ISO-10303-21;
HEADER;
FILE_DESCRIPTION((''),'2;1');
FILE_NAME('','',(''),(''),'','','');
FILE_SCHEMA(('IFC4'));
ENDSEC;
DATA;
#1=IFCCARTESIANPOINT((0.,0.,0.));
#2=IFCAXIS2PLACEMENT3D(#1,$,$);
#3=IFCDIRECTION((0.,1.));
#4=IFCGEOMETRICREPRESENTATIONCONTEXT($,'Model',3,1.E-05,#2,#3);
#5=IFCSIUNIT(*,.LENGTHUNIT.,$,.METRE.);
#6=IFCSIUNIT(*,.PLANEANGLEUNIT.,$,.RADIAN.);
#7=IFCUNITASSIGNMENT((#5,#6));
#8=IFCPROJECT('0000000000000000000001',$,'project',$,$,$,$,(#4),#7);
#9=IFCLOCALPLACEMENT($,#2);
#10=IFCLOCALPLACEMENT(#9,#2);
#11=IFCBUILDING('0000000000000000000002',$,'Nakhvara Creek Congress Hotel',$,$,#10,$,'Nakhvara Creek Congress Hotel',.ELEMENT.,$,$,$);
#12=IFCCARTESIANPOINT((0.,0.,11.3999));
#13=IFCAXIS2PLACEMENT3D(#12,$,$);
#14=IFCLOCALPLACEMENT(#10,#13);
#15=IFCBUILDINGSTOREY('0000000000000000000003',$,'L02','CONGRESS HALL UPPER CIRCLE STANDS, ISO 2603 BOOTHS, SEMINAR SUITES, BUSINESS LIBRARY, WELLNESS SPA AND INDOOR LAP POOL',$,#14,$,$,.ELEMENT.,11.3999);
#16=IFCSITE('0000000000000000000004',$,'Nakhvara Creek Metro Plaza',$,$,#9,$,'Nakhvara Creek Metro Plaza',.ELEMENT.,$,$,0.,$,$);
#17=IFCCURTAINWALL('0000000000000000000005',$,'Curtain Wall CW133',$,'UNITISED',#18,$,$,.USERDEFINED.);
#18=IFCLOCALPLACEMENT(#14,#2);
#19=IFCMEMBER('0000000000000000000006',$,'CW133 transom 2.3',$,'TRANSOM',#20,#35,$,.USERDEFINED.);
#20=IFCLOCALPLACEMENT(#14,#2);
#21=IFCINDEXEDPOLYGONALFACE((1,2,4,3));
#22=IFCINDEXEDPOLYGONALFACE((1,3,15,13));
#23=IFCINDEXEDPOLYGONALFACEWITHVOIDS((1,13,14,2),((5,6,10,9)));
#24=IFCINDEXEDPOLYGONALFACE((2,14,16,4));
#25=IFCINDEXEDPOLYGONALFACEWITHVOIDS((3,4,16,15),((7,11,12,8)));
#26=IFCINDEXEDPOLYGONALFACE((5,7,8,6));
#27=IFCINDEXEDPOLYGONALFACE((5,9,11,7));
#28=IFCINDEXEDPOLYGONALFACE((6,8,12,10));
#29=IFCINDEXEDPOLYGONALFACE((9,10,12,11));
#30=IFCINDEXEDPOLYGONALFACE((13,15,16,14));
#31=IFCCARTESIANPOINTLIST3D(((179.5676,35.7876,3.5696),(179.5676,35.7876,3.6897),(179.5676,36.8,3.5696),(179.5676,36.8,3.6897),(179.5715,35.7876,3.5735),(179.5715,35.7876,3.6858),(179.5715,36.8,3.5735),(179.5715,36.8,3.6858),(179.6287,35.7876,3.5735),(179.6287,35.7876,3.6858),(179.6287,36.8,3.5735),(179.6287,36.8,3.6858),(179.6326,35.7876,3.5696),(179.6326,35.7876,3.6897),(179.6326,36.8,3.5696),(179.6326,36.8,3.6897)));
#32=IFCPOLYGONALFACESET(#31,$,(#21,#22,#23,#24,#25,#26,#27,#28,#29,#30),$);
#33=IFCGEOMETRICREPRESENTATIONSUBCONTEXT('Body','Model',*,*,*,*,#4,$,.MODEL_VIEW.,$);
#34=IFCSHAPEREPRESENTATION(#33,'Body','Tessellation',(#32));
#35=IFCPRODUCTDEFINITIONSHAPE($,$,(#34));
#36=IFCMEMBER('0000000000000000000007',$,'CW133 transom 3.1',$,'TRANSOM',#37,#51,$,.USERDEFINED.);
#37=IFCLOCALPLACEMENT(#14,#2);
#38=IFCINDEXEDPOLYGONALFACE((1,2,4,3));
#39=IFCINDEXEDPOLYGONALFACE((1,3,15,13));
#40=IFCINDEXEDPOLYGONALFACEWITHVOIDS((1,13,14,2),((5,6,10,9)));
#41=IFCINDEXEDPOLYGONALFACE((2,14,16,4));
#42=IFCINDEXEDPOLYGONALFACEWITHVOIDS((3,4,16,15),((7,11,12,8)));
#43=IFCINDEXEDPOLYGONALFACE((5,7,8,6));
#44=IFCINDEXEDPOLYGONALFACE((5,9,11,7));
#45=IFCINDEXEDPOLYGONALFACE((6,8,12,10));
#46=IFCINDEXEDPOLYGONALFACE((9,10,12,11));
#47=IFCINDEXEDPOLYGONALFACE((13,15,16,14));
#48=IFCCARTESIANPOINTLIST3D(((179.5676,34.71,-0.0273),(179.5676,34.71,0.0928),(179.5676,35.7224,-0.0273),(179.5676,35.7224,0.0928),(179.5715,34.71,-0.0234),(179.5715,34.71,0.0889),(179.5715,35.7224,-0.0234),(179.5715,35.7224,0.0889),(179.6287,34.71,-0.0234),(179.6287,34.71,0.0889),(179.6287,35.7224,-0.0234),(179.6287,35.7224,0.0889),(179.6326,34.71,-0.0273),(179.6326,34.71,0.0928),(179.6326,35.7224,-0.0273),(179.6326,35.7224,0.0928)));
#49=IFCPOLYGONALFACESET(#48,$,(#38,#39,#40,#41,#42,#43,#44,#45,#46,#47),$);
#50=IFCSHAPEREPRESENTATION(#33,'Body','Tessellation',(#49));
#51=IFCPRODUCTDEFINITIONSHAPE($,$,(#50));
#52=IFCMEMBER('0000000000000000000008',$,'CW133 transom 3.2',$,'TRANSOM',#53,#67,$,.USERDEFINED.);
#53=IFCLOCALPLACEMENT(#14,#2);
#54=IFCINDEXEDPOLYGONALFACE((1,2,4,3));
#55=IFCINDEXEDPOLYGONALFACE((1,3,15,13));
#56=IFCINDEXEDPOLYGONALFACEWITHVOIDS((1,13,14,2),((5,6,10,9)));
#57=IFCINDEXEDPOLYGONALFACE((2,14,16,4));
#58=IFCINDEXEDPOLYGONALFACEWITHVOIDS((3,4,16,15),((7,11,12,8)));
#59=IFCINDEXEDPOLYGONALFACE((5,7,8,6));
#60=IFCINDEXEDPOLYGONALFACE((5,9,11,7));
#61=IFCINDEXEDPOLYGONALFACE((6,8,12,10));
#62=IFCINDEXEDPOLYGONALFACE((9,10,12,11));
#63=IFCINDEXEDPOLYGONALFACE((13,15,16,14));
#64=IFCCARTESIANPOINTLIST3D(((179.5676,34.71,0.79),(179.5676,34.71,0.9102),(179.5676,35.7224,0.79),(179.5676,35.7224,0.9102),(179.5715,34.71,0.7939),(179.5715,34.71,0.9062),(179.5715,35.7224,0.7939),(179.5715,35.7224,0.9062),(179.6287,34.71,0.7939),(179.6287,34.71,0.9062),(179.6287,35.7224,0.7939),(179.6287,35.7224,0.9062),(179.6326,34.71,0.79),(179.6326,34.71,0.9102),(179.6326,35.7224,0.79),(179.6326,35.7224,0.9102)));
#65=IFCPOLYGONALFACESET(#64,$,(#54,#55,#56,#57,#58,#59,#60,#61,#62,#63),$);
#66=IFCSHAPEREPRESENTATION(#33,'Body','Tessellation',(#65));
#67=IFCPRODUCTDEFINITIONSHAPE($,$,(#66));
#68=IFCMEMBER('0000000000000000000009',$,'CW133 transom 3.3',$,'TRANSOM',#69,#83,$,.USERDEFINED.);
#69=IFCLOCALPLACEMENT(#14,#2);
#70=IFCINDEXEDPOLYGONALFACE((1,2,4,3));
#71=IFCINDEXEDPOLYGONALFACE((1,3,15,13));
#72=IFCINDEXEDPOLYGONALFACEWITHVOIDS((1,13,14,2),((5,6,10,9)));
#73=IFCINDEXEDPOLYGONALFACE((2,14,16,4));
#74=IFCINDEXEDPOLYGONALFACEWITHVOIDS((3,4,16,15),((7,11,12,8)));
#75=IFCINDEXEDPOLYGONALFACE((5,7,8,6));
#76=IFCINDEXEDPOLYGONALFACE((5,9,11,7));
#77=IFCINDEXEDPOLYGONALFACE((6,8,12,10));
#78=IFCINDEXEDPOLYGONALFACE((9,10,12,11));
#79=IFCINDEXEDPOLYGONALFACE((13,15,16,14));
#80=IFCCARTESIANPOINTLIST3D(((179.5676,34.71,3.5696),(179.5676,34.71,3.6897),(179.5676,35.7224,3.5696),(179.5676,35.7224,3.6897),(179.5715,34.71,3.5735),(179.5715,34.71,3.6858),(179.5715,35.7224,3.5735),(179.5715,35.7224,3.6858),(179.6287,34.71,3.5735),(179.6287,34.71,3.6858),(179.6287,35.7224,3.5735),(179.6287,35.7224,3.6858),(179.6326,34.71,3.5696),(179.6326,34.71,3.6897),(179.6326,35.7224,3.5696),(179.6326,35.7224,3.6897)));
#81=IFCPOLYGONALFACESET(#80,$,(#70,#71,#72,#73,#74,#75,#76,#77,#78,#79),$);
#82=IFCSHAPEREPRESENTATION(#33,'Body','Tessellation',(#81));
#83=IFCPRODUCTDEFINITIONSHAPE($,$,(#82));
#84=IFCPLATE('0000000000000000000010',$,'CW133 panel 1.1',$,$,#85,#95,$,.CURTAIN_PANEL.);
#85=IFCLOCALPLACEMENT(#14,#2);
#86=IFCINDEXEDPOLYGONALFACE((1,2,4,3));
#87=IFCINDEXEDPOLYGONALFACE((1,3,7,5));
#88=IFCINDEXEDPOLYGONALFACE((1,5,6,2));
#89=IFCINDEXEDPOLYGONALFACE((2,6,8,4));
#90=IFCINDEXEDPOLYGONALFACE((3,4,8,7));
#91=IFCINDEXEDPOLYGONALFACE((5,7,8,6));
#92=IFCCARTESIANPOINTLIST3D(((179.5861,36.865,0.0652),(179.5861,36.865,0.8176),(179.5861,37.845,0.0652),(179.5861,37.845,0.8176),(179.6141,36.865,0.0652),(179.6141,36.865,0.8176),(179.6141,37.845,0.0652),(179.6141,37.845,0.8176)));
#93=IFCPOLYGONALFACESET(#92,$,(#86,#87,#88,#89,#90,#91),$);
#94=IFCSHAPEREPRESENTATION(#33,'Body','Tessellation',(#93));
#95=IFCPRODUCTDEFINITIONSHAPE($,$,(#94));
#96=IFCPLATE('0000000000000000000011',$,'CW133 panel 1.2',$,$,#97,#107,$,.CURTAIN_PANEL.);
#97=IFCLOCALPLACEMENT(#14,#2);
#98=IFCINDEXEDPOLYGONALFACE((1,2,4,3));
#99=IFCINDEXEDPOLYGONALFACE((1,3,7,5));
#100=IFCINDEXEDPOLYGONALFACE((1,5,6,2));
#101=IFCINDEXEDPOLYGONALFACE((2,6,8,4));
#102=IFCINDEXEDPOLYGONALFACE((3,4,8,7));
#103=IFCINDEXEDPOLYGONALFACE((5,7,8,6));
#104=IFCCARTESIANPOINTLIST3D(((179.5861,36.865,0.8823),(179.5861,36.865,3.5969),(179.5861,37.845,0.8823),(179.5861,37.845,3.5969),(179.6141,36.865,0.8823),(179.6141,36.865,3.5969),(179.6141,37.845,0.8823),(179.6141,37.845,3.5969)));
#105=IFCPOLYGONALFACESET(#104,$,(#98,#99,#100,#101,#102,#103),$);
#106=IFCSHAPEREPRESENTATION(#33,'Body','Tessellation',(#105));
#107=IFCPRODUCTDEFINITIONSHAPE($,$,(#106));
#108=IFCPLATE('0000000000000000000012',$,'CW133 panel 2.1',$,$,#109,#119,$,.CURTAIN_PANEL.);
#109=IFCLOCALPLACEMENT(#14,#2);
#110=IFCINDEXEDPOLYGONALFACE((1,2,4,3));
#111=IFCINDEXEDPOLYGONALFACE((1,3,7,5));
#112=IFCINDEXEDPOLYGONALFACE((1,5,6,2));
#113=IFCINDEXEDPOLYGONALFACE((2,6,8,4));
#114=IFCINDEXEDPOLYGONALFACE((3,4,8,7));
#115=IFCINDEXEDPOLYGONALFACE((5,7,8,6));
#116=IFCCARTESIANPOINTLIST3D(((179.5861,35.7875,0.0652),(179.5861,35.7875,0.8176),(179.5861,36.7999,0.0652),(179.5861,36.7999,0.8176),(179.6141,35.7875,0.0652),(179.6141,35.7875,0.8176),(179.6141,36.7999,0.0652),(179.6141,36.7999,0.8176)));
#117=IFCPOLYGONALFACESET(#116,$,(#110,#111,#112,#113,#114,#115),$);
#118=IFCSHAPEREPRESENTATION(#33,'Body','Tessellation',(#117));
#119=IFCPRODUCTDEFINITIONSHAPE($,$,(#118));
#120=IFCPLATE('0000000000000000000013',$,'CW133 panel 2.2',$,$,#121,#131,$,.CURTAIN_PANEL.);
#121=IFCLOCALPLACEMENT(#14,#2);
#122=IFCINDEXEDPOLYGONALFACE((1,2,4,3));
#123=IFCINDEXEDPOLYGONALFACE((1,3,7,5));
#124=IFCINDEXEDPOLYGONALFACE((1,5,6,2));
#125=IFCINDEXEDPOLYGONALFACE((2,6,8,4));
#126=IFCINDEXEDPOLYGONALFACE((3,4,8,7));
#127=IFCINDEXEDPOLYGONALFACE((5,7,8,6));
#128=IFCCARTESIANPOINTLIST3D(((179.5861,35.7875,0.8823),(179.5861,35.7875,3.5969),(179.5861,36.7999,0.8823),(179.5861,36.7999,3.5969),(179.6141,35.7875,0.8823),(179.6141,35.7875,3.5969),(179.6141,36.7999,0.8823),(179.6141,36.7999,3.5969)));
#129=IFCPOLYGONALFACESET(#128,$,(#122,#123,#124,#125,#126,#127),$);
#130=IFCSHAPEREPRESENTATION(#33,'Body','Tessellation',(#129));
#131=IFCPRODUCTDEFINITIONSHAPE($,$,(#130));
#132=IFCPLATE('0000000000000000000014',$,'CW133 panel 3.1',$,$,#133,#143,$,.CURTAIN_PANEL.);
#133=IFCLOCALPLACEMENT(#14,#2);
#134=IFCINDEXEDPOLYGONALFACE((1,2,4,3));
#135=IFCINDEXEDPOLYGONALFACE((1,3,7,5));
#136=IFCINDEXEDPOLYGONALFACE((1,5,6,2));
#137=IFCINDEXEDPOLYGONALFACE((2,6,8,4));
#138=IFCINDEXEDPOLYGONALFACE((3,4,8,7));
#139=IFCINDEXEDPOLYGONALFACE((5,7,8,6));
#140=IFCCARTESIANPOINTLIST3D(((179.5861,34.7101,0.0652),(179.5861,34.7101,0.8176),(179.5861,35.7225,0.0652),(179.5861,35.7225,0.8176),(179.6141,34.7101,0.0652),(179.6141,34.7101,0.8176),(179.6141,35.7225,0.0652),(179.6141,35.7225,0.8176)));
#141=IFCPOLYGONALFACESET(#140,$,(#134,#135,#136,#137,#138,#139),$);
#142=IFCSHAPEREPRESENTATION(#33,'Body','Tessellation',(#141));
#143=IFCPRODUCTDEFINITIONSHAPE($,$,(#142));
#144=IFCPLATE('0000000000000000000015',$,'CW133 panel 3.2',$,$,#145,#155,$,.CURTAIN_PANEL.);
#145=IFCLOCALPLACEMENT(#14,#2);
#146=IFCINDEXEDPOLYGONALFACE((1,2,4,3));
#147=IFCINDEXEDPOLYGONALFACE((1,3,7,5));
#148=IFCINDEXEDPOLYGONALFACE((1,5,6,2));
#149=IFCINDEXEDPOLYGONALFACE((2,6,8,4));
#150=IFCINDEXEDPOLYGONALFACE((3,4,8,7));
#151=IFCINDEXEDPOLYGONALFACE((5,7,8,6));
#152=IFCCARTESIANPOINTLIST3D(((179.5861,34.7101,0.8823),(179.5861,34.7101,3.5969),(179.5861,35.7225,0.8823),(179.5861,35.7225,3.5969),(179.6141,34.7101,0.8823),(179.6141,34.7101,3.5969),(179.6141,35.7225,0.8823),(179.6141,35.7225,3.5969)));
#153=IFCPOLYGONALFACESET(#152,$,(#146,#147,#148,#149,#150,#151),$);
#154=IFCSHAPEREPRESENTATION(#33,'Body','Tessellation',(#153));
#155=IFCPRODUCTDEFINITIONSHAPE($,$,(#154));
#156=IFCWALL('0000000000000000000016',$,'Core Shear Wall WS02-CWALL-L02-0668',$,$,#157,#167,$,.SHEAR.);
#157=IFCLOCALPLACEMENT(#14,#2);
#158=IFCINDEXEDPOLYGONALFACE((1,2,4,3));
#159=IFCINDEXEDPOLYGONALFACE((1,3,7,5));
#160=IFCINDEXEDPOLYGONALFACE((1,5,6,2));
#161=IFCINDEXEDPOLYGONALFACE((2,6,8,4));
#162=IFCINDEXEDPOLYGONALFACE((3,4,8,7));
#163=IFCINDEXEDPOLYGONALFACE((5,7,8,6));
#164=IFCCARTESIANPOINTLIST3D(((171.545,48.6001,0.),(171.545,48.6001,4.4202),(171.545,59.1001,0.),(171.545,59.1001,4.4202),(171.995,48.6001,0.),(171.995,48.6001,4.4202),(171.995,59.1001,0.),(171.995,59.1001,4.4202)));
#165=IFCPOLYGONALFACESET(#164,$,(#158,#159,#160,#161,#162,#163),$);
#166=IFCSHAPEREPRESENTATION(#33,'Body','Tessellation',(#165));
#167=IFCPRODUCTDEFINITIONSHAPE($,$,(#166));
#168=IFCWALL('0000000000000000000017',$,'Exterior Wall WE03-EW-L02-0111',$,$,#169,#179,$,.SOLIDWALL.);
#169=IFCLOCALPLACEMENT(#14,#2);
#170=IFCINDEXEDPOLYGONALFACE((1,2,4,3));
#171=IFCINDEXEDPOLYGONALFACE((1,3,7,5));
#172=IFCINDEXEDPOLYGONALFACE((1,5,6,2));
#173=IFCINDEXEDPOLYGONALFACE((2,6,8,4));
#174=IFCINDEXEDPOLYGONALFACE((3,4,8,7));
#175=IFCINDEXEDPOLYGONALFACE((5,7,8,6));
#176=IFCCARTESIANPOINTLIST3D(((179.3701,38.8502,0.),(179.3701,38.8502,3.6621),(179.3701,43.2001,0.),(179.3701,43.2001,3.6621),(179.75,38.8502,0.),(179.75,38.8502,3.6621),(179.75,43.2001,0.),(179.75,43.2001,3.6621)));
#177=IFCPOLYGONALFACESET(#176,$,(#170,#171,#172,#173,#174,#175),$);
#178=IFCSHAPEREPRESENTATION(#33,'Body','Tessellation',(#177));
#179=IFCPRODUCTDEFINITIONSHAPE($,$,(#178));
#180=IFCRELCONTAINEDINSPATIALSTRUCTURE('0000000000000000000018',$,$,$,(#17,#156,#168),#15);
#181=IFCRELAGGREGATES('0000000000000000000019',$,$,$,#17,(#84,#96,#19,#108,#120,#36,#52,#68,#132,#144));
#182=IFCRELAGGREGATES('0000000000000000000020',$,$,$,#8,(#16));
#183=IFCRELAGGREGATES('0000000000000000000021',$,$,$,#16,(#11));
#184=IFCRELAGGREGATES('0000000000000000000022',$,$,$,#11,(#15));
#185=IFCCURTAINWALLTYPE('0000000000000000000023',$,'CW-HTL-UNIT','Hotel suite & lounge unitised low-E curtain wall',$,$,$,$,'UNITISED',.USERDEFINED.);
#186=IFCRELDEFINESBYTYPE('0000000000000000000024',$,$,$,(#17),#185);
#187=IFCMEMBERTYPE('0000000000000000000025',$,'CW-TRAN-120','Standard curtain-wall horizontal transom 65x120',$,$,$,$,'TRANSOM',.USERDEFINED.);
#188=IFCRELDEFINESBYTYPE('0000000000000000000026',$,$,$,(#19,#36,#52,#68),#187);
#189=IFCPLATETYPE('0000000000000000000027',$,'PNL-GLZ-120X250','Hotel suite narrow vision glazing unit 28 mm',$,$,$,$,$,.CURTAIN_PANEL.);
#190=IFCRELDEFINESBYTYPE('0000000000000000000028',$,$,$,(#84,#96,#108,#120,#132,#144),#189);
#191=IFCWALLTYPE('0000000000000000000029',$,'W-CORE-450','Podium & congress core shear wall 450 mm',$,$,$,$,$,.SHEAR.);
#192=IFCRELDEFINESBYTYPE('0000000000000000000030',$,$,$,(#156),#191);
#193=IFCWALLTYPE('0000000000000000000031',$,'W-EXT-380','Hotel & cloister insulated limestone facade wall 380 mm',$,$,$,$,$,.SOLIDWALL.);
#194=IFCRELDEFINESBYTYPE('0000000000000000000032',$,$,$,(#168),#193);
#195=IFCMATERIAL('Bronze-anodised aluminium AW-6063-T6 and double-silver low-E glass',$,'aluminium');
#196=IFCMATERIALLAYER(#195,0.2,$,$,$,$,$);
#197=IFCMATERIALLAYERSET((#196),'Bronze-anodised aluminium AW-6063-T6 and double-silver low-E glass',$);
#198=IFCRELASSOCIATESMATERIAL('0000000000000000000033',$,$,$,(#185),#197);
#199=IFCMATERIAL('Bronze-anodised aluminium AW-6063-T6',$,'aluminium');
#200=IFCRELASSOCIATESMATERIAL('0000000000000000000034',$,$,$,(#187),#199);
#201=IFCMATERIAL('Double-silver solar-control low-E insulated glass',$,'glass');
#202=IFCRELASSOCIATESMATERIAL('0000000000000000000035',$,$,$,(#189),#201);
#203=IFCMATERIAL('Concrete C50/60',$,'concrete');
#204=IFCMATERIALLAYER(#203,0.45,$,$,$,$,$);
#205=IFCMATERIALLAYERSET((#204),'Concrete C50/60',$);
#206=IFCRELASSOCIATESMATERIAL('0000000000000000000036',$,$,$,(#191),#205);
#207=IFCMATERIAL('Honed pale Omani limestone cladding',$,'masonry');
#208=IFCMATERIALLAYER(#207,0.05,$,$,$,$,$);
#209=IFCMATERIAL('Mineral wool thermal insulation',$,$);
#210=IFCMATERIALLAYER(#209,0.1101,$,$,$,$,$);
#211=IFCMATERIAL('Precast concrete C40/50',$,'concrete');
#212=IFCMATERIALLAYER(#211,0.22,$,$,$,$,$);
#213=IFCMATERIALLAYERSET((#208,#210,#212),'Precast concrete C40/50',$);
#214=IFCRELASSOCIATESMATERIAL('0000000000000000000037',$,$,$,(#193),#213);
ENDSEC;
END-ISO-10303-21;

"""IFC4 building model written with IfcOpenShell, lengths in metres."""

from ifc_helpers import new_model, si_unit, direction, frame, frame_2d, origin, origin_2d, place, context, subcontext, project, spatial, rectangle, hollow_rectangle, extrude, material, layer, layer_set, material_profile, profile_set, type_object, element, aggregate, save


model = new_model("IFC4")

# Units and contexts
model_context = context("Model", 3, precision=1e-05, world=origin(), true_north=direction((0.0, 1.0)))
body_context = subcontext(model_context, "Body", "Model", "MODEL_VIEW")
ifc_project = project(units=[si_unit("LENGTHUNIT", "METRE"), si_unit("PLANEANGLEUNIT", "RADIAN")], contexts=[model_context])

# Site, building, storey
site_placement = place(None, origin())
site = spatial("IfcSite", under=ifc_project, at=site_placement, Name="Nakhvara Creek Metro Plaza", LongName="Nakhvara Creek Metro Plaza", CompositionType="ELEMENT", RefElevation=0.0)
building_placement = place(site_placement, origin())
building = spatial("IfcBuilding", under=site, at=building_placement, Name="Nakhvara Creek Congress Hotel", LongName="Nakhvara Creek Congress Hotel", CompositionType="ELEMENT")
storey_placement = place(building_placement, frame((0.0, 0.0, 11.3999)))
storey = spatial("IfcBuildingStorey", under=building, at=storey_placement, Name="L02", Description="CONGRESS HALL UPPER CIRCLE STANDS, ISO 2603 BOOTHS, SEMINAR SUITES, BUSINESS LIBRARY, WELLNESS SPA AND INDOOR LAP POOL", CompositionType="ELEMENT", Elevation=11.3999)

# Shared definitions
ifc_material_1 = material(Name="Concrete C50/60", Category="concrete")

# Curtain wall, members, plates
ifc_material_2 = material(Name="Bronze-anodised aluminium AW-6063-T6 and double-silver low-E glass", Category="aluminium")
ifc_layer_1 = layer(ifc_material_2, 0.2)
ifc_layer_set_1 = layer_set([ifc_layer_1], Name="Bronze-anodised aluminium AW-6063-T6 and double-silver low-E glass")
curtain_wall_type = type_object("IfcCurtainWallType", Name="CW-HTL-UNIT", Description="Hotel suite & lounge unitised low-E curtain wall", ElementType="UNITISED", PredefinedType="USERDEFINED", material=ifc_layer_set_1)
curtain_wall_placement = place(storey_placement, origin())
curtain_wall = element("IfcCurtainWall", 1, at=curtain_wall_placement, inside=storey, type_object=curtain_wall_type, Name="Curtain Wall CW133", ObjectType="UNITISED", PredefinedType="USERDEFINED")
ifc_material_3 = material(Name="Bronze-anodised aluminium AW-6063-T6", Category="aluminium")
ifc_material_profile_1 = material_profile(ifc_material_3, hollow_rectangle(XDim=0.0649, YDim=0.1201, WallThickness=0.0039, at=origin_2d()), Name="ALU-TRAN 65x120x4", Category="LoadBearing")
ifc_profile_set_1 = profile_set([ifc_material_profile_1], Name="Bronze-anodised aluminium AW-6063-T6")
member_type_1 = type_object("IfcMemberType", Name="CW-TRAN-120", Description="Standard curtain-wall horizontal transom 65x120", ElementType="TRANSOM", PredefinedType="USERDEFINED", material=ifc_profile_set_1)
member_1_placement = place(storey_placement, frame((179.6001, 36.8, 3.6296), z_axis=(0.0, -1.0, 0.0), x_axis=(1.0, 0.0, 0.0)))
member_1 = element("IfcMember", 2, at=member_1_placement, type_object=member_type_1, Name="CW133 transom 2.3", ObjectType="TRANSOM", PredefinedType="USERDEFINED", context=body_context, shape_type="SweptSolid", body=[
    extrude(hollow_rectangle(XDim=0.0649, YDim=0.1201, WallThickness=0.0039, at=origin_2d()), origin(), (0.0, 0.0, 1.0), 1.0125),
])
member_2_placement = place(storey_placement, frame((179.6001, 35.7224, 0.0327), z_axis=(0.0, -1.0, 0.0), x_axis=(1.0, 0.0, 0.0)))
member_2 = element("IfcMember", 3, at=member_2_placement, type_object=member_type_1, Name="CW133 transom 3.1", ObjectType="TRANSOM", PredefinedType="USERDEFINED", context=body_context, shape_type="SweptSolid", body=[
    extrude(hollow_rectangle(XDim=0.0649, YDim=0.1201, WallThickness=0.0039, at=origin_2d()), origin(), (0.0, 0.0, 1.0), 1.0125),
])
member_3_placement = place(storey_placement, frame((179.6001, 35.7224, 0.8501), z_axis=(0.0, -1.0, 0.0), x_axis=(1.0, 0.0, 0.0)))
member_3 = element("IfcMember", 4, at=member_3_placement, type_object=member_type_1, Name="CW133 transom 3.2", ObjectType="TRANSOM", PredefinedType="USERDEFINED", context=body_context, shape_type="SweptSolid", body=[
    extrude(hollow_rectangle(XDim=0.0649, YDim=0.1201, WallThickness=0.0039, at=origin_2d()), origin(), (0.0, 0.0, 1.0), 1.0125),
])
member_4_placement = place(storey_placement, frame((179.6001, 35.7224, 3.6296), z_axis=(0.0, -1.0, 0.0), x_axis=(1.0, 0.0, 0.0)))
member_4 = element("IfcMember", 5, at=member_4_placement, type_object=member_type_1, Name="CW133 transom 3.3", ObjectType="TRANSOM", PredefinedType="USERDEFINED", context=body_context, shape_type="SweptSolid", body=[
    extrude(hollow_rectangle(XDim=0.0649, YDim=0.1201, WallThickness=0.0039, at=origin_2d()), origin(), (0.0, 0.0, 1.0), 1.0125),
])
ifc_material_4 = material(Name="Double-silver solar-control low-E insulated glass", Category="glass")
plate_type = type_object("IfcPlateType", Name="PNL-GLZ-120X250", Description="Hotel suite narrow vision glazing unit 28 mm", PredefinedType="CURTAIN_PANEL", material=ifc_material_4)
plate_1_placement = place(storey_placement, frame((179.6001, 37.355, 0.0652), z_axis=(0.0, 0.0, 1.0), x_axis=(0.0, -1.0, 0.0)))
plate_1 = element("IfcPlate", 6, at=plate_1_placement, type_object=plate_type, Name="CW133 panel 1.1", PredefinedType="CURTAIN_PANEL", context=body_context, shape_type="SweptSolid", body=[
    extrude(rectangle(XDim=0.98, YDim=0.0281, at=origin_2d()), origin(), (0.0, 0.0, 1.0), 0.7524),
])
plate_2_placement = place(storey_placement, frame((179.6001, 37.355, 0.8823), z_axis=(0.0, 0.0, 1.0), x_axis=(0.0, -1.0, 0.0)))
plate_2 = element("IfcPlate", 7, at=plate_2_placement, type_object=plate_type, Name="CW133 panel 1.2", PredefinedType="CURTAIN_PANEL", context=body_context, shape_type="SweptSolid", body=[
    extrude(rectangle(XDim=0.98, YDim=0.0281, at=origin_2d()), origin(), (0.0, 0.0, 1.0), 2.7146),
])
plate_3_placement = place(storey_placement, frame((179.6001, 36.2937, 0.0652), z_axis=(0.0, 0.0, 1.0), x_axis=(0.0, -1.0, 0.0)))
plate_3 = element("IfcPlate", 8, at=plate_3_placement, type_object=plate_type, Name="CW133 panel 2.1", PredefinedType="CURTAIN_PANEL", context=body_context, shape_type="SweptSolid", body=[
    extrude(rectangle(XDim=1.0125, YDim=0.0281, at=origin_2d()), origin(), (0.0, 0.0, 1.0), 0.7524),
])
plate_4_placement = place(storey_placement, frame((179.6001, 36.2937, 0.8823), z_axis=(0.0, 0.0, 1.0), x_axis=(0.0, -1.0, 0.0)))
plate_4 = element("IfcPlate", 9, at=plate_4_placement, type_object=plate_type, Name="CW133 panel 2.2", PredefinedType="CURTAIN_PANEL", context=body_context, shape_type="SweptSolid", body=[
    extrude(rectangle(XDim=1.0125, YDim=0.0281, at=origin_2d()), origin(), (0.0, 0.0, 1.0), 2.7146),
])
plate_5_placement = place(storey_placement, frame((179.6001, 35.2163, 0.0652), z_axis=(0.0, 0.0, 1.0), x_axis=(0.0, -1.0, 0.0)))
plate_5 = element("IfcPlate", 10, at=plate_5_placement, type_object=plate_type, Name="CW133 panel 3.1", PredefinedType="CURTAIN_PANEL", context=body_context, shape_type="SweptSolid", body=[
    extrude(rectangle(XDim=1.0125, YDim=0.0281, at=origin_2d()), origin(), (0.0, 0.0, 1.0), 0.7524),
])
plate_6_placement = place(storey_placement, frame((179.6001, 35.2163, 0.8823), z_axis=(0.0, 0.0, 1.0), x_axis=(0.0, -1.0, 0.0)))
plate_6 = element("IfcPlate", 11, at=plate_6_placement, type_object=plate_type, Name="CW133 panel 3.2", PredefinedType="CURTAIN_PANEL", context=body_context, shape_type="SweptSolid", body=[
    extrude(rectangle(XDim=1.0125, YDim=0.0281, at=origin_2d()), origin(), (0.0, 0.0, 1.0), 2.7146),
])
aggregate(curtain_wall, [plate_1, plate_2, member_1, plate_3, plate_4, member_2, member_3, member_4, plate_5, plate_6])

# Walls
ifc_layer_2 = layer(ifc_material_1, 0.45)
ifc_layer_set_2 = layer_set([ifc_layer_2], Name="Concrete C50/60")
wall_type_1 = type_object("IfcWallType", Name="W-CORE-450", Description="Podium & congress core shear wall 450 mm", PredefinedType="SHEAR", material=ifc_layer_set_2)
wall_1_placement = place(storey_placement, frame((171.77, 48.6001, 0.0), z_axis=(0.0, 0.0, 1.0), x_axis=(0.0, 1.0, 0.0)))
element("IfcWall", 12, at=wall_1_placement, inside=storey, type_object=wall_type_1, Name="Core Shear Wall WS02-CWALL-L02-0668", PredefinedType="SHEAR", context=body_context, shape_type="SweptSolid", body=[
    extrude(rectangle(XDim=10.5, YDim=0.45, at=frame_2d((5.25, 0.0))), origin(), (0.0, 0.0, 1.0), 4.4202),
])
ifc_material_5 = material(Name="Honed pale Omani limestone cladding", Category="masonry")
ifc_layer_3 = layer(ifc_material_5, 0.05)
ifc_material_6 = material(Name="Mineral wool thermal insulation")
ifc_layer_4 = layer(ifc_material_6, 0.1101)
ifc_material_7 = material(Name="Precast concrete C40/50", Category="concrete")
ifc_layer_5 = layer(ifc_material_7, 0.22)
ifc_layer_set_3 = layer_set([ifc_layer_3, ifc_layer_4, ifc_layer_5], Name="Precast concrete C40/50")
wall_type_2 = type_object("IfcWallType", Name="W-EXT-380", Description="Hotel & cloister insulated limestone facade wall 380 mm", PredefinedType="SOLIDWALL", material=ifc_layer_set_3)
wall_2_placement = place(storey_placement, frame((179.5601, 43.2, 0.0), z_axis=(0.0, 0.0, 1.0), x_axis=(0.0, -1.0, 0.0)))
element("IfcWall", 13, at=wall_2_placement, inside=storey, type_object=wall_type_2, Name="Exterior Wall WE03-EW-L02-0111", PredefinedType="SOLIDWALL", context=body_context, shape_type="SweptSolid", body=[
    extrude(rectangle(XDim=4.3499, YDim=0.3799, at=frame_2d((2.1748, 0.0))), origin(), (0.0, 0.0, 1.0), 3.6621),
])

save(model, "model.ifc")
